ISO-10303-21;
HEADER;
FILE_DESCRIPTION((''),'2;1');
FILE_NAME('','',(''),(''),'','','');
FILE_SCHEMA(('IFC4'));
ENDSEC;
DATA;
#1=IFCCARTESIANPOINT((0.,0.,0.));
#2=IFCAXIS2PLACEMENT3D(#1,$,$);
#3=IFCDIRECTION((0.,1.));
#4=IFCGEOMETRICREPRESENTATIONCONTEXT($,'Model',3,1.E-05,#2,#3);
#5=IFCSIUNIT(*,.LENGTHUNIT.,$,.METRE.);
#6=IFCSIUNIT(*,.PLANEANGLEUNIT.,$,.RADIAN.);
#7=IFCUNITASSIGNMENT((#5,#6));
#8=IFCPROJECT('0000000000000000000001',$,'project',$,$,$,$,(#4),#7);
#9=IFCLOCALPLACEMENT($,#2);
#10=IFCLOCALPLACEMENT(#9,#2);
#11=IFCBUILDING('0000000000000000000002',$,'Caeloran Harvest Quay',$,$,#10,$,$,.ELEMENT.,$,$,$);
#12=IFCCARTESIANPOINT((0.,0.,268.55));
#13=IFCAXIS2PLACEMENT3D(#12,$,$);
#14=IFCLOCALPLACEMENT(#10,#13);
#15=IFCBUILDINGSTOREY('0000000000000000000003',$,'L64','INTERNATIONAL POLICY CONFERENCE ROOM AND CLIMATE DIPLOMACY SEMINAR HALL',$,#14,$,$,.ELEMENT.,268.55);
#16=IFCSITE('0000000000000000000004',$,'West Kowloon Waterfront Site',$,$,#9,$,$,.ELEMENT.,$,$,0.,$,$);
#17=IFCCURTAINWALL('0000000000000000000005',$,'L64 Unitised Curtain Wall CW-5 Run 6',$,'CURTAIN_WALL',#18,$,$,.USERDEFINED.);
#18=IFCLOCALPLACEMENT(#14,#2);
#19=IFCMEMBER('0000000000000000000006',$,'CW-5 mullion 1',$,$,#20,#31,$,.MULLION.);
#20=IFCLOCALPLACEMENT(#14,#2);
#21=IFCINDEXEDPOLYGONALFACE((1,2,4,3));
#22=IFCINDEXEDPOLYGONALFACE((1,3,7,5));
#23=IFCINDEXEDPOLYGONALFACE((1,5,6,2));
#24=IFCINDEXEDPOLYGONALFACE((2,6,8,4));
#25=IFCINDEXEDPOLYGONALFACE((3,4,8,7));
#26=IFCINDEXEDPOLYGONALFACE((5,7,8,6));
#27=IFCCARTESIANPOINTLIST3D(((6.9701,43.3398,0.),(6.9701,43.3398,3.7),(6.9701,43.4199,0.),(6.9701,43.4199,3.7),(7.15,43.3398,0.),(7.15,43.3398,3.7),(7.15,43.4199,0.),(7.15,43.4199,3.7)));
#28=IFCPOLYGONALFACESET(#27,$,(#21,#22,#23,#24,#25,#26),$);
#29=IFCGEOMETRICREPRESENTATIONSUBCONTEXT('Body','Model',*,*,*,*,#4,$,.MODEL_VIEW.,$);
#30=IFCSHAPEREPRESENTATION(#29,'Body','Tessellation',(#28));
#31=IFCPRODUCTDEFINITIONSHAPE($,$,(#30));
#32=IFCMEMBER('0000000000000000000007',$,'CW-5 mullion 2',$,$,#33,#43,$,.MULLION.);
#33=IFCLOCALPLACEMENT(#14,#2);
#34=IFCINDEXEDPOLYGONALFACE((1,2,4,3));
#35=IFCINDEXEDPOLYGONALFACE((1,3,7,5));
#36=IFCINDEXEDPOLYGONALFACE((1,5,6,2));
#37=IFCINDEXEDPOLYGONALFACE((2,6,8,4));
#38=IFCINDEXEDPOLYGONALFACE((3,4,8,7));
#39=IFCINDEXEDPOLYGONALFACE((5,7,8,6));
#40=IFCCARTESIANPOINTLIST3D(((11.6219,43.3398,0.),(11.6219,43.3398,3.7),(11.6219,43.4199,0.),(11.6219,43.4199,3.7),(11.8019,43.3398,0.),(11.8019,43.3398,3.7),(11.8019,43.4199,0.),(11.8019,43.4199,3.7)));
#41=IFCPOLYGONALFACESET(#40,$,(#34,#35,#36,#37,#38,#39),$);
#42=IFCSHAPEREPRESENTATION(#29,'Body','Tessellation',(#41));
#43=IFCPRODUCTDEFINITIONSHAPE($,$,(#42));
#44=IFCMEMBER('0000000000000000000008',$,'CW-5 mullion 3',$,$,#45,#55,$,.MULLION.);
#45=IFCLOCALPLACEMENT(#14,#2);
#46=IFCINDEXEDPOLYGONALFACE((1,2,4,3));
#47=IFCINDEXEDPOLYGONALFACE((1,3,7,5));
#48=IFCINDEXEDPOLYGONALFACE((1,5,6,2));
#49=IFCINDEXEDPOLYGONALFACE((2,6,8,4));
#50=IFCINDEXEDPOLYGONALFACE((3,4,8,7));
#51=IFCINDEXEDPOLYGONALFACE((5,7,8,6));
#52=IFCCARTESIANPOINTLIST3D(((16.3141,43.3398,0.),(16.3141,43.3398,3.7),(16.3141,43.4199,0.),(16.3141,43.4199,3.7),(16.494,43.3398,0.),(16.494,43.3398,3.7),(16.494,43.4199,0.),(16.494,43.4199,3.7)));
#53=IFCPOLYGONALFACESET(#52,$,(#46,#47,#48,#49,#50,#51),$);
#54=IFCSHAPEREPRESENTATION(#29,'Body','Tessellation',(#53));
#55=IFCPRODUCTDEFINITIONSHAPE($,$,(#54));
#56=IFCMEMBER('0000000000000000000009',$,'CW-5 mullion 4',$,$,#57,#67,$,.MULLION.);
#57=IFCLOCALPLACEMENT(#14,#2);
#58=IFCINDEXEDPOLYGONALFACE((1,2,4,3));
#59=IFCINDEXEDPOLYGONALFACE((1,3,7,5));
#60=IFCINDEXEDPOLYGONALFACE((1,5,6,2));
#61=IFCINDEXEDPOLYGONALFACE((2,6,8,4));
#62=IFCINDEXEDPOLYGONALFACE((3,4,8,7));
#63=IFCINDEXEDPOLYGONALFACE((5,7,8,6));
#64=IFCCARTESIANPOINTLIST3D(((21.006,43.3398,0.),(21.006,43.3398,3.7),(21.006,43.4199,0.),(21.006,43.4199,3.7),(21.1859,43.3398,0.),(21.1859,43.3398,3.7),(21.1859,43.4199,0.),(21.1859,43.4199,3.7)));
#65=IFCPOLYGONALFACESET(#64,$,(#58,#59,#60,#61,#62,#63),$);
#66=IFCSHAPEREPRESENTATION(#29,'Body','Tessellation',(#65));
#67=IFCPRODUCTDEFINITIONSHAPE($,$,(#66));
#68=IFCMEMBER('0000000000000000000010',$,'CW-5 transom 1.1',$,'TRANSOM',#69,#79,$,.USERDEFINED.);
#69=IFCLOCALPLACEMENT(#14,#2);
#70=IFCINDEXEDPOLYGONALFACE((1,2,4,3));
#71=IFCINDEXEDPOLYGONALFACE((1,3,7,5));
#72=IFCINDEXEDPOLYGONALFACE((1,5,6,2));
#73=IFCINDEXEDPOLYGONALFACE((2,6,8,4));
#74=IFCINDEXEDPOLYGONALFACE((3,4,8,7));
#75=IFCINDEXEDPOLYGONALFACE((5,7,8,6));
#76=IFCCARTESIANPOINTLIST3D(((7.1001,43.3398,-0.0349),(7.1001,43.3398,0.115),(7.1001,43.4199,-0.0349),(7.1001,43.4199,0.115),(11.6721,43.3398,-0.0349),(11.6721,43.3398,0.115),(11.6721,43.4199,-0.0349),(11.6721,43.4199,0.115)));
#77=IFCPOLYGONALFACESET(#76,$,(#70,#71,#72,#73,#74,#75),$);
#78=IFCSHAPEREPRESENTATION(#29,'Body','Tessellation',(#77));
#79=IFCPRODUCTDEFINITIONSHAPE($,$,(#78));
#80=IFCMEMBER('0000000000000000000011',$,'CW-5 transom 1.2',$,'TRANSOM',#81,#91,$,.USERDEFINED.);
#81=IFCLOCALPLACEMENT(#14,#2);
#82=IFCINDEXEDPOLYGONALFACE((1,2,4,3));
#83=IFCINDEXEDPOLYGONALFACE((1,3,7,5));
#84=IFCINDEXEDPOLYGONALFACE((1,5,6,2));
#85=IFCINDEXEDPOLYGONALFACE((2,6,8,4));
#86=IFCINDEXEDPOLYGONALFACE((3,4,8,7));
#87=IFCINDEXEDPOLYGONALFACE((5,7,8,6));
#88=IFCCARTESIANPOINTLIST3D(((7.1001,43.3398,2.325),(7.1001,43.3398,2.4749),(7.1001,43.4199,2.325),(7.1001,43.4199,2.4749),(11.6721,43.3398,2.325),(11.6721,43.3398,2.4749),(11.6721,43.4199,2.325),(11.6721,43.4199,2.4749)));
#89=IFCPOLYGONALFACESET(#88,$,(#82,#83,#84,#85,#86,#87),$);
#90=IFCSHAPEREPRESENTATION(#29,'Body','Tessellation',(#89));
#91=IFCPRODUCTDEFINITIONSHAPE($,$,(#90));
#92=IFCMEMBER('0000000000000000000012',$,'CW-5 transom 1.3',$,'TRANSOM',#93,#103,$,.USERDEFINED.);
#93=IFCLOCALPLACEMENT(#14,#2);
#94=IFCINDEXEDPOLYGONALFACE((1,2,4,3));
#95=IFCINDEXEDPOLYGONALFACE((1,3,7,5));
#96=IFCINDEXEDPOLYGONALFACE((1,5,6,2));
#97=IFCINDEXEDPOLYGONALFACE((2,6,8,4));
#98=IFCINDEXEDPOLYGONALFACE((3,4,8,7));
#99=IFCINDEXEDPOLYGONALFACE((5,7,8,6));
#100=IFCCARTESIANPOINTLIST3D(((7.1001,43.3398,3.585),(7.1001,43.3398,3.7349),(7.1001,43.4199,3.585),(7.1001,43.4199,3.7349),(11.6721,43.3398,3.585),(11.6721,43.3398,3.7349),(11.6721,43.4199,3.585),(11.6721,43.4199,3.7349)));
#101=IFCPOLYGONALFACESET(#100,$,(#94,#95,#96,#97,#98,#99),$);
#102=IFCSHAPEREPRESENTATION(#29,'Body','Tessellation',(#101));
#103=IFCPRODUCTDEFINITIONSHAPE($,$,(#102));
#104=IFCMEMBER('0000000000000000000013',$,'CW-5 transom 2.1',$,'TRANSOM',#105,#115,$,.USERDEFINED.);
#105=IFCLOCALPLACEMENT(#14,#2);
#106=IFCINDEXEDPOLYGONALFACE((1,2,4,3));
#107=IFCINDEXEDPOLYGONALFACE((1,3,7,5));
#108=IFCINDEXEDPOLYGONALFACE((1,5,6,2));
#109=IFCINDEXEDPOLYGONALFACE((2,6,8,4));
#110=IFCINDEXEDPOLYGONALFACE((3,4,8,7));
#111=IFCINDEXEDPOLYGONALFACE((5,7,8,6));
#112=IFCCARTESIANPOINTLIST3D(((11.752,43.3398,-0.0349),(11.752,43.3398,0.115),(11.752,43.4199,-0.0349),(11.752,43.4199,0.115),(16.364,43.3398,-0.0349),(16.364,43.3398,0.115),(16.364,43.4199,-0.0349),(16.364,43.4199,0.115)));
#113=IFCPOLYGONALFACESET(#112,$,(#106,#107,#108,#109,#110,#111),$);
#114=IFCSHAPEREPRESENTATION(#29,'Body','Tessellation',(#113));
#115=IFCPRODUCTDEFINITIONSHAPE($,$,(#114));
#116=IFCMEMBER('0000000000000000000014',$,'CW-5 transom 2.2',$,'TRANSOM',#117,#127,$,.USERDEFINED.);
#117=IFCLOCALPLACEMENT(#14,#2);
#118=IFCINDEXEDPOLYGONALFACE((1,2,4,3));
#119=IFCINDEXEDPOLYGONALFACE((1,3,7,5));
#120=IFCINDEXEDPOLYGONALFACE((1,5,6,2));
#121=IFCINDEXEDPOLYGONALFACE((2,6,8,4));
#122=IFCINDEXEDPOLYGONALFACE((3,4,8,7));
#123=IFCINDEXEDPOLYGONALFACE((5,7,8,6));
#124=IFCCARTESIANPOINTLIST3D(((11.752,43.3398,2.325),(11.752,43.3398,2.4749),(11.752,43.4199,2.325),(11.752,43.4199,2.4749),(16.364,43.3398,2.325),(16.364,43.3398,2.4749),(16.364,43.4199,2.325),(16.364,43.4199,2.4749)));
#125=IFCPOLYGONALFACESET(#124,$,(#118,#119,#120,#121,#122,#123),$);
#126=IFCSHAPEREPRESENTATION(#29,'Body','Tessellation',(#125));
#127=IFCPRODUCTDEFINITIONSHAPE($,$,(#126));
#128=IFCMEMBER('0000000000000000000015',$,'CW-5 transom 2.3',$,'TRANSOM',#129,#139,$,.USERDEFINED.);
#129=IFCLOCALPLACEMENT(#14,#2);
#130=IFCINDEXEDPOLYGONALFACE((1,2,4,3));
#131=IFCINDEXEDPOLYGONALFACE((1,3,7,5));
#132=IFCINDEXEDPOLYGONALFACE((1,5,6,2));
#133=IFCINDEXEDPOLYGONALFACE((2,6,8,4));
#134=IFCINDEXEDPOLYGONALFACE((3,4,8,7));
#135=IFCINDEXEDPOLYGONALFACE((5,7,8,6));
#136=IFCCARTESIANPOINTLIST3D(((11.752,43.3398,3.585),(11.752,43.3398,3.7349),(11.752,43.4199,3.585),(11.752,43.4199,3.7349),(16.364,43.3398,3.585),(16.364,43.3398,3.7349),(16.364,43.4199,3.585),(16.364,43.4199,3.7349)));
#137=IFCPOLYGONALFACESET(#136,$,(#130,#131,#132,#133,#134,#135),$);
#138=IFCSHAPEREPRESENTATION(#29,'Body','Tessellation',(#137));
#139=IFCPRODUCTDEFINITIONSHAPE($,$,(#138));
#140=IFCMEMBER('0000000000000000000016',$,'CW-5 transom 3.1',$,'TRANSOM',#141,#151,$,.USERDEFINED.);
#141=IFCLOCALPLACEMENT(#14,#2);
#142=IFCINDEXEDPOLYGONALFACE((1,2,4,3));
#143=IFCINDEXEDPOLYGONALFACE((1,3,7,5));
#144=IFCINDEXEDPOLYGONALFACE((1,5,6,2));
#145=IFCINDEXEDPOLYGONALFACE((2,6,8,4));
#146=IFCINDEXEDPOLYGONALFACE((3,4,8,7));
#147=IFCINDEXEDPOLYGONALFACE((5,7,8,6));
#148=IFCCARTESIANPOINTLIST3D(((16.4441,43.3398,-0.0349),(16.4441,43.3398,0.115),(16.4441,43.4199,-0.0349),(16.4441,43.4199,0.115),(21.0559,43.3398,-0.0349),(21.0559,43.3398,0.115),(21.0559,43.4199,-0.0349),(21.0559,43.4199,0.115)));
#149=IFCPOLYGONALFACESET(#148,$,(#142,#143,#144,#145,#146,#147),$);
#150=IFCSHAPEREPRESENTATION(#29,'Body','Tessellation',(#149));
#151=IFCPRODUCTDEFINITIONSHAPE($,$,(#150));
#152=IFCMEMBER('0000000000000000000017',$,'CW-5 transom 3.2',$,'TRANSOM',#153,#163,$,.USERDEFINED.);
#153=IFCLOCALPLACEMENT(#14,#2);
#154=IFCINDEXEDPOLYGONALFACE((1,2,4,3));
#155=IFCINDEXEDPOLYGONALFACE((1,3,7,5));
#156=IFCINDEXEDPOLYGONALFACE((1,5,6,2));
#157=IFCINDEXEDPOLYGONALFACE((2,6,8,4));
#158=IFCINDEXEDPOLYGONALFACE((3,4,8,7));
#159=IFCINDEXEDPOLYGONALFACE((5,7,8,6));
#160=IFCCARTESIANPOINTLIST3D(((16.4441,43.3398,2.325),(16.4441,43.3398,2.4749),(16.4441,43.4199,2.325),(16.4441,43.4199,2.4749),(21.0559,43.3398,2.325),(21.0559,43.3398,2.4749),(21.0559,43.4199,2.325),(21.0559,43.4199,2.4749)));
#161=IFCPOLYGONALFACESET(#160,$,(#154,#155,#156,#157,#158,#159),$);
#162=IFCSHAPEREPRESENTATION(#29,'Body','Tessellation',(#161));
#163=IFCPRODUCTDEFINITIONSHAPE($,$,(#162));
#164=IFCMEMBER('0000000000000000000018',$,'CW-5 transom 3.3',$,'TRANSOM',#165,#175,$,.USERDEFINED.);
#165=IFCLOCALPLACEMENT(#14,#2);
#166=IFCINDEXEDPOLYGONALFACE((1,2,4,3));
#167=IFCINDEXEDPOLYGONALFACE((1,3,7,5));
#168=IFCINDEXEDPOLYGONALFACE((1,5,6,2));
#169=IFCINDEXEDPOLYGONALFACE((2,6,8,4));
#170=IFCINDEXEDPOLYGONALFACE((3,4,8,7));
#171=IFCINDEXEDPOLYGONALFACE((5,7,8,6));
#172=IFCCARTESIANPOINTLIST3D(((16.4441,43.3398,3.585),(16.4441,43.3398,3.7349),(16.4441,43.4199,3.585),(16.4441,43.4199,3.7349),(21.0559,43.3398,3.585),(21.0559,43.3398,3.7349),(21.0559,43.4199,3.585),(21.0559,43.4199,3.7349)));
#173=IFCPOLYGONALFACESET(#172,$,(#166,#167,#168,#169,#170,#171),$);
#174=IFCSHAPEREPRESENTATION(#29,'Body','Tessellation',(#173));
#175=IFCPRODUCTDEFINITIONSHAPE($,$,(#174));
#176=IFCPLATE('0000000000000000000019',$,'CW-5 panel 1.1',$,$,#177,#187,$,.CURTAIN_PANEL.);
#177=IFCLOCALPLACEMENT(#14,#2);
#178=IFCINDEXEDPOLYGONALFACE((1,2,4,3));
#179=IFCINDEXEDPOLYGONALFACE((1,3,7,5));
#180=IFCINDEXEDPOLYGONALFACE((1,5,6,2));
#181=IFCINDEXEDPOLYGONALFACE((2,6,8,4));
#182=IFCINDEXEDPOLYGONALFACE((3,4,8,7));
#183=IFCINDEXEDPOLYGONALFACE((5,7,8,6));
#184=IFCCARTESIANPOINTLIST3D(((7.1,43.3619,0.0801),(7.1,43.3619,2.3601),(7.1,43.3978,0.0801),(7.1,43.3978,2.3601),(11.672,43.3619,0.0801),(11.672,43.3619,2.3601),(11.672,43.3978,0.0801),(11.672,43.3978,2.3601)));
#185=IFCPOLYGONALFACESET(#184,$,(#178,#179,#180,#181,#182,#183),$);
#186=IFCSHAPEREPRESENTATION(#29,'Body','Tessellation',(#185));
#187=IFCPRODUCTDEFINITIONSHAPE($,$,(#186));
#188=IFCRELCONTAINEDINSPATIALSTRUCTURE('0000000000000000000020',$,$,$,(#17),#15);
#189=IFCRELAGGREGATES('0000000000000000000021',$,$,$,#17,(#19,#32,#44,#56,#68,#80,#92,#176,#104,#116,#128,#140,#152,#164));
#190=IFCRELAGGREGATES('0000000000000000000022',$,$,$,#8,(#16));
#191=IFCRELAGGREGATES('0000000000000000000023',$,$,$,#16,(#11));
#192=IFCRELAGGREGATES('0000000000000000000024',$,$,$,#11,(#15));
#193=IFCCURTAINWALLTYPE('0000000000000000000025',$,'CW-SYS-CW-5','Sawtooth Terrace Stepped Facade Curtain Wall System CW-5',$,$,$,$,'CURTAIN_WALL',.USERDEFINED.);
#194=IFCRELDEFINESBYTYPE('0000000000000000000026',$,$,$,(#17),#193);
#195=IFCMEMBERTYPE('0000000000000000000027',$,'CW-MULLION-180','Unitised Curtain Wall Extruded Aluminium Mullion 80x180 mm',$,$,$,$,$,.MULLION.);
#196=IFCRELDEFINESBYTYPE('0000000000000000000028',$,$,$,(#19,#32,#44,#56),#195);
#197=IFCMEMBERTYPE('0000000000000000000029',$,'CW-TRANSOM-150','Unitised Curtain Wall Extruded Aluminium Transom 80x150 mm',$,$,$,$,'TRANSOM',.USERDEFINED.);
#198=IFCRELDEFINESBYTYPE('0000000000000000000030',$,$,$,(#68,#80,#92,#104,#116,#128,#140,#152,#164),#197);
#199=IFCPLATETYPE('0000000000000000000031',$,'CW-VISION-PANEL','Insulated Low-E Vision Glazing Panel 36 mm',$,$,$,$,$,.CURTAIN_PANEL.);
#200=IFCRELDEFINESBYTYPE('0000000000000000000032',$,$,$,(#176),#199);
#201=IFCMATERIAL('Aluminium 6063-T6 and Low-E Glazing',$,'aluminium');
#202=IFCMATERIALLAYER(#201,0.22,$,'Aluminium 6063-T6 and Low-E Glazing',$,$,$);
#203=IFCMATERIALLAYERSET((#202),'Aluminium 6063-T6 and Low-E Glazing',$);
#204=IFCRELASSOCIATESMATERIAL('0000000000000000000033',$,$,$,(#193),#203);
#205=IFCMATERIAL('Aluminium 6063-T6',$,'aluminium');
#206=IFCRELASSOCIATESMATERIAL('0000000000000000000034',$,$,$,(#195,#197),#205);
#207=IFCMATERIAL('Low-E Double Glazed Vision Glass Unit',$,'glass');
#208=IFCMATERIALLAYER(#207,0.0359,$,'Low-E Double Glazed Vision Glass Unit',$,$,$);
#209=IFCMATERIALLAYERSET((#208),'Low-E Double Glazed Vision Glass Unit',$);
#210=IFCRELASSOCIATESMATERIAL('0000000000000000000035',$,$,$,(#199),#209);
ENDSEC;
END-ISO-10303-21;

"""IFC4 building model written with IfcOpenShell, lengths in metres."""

from ifc_helpers import new_model, si_unit, direction, frame, origin, origin_2d, place, context, subcontext, project, spatial, rectangle, extrude, material, layer, layer_set, material_profile, profile_set, type_object, element, aggregate, save


model = new_model("IFC4")

# Units and contexts
model_context = context("Model", 3, precision=1e-05, world=origin(), true_north=direction((0.0, 1.0)))
body_context = subcontext(model_context, "Body", "Model", "MODEL_VIEW")
ifc_project = project(units=[si_unit("LENGTHUNIT", "METRE"), si_unit("PLANEANGLEUNIT", "RADIAN")], contexts=[model_context])

# Site, building, storey
site_placement = place(None, origin())
site = spatial("IfcSite", under=ifc_project, at=site_placement, Name="West Kowloon Waterfront Site", CompositionType="ELEMENT", RefElevation=0.0)
building_placement = place(site_placement, origin())
building = spatial("IfcBuilding", under=site, at=building_placement, Name="Caeloran Harvest Quay", CompositionType="ELEMENT")
storey_placement = place(building_placement, frame((0.0, 0.0, 268.55)))
storey = spatial("IfcBuildingStorey", under=building, at=storey_placement, Name="L64", Description="INTERNATIONAL POLICY CONFERENCE ROOM AND CLIMATE DIPLOMACY SEMINAR HALL", CompositionType="ELEMENT", Elevation=268.55)

# Curtain wall, members, plate
ifc_material_1 = material(Name="Aluminium 6063-T6 and Low-E Glazing", Category="aluminium")
ifc_layer_1 = layer(ifc_material_1, 0.22, Name="Aluminium 6063-T6 and Low-E Glazing")
ifc_layer_set_1 = layer_set([ifc_layer_1], Name="Aluminium 6063-T6 and Low-E Glazing")
curtain_wall_type = type_object("IfcCurtainWallType", Name="CW-SYS-CW-5", Description="Sawtooth Terrace Stepped Facade Curtain Wall System CW-5", ElementType="CURTAIN_WALL", PredefinedType="USERDEFINED", material=ifc_layer_set_1)
curtain_wall_placement = place(storey_placement, origin())
curtain_wall = element("IfcCurtainWall", 1, at=curtain_wall_placement, inside=storey, type_object=curtain_wall_type, Name="L64 Unitised Curtain Wall CW-5 Run 6", ObjectType="CURTAIN_WALL", PredefinedType="USERDEFINED")
ifc_material_2 = material(Name="Aluminium 6063-T6", Category="aluminium")
ifc_material_profile_1 = material_profile(ifc_material_2, rectangle(XDim=0.0801, YDim=0.1799, at=origin_2d()), Name="CW-MULLION-180")
ifc_profile_set_1 = profile_set([ifc_material_profile_1], Name="Aluminium 6063-T6")
member_type_1 = type_object("IfcMemberType", Name="CW-MULLION-180", Description="Unitised Curtain Wall Extruded Aluminium Mullion 80x180 mm", PredefinedType="MULLION", material=ifc_profile_set_1)
member_1_placement = place(storey_placement, frame((7.0601, 43.3799, 0.0), z_axis=(0.0, 0.0, 1.0), x_axis=(0.0, 1.0, 0.0)))
member_1 = element("IfcMember", 2, at=member_1_placement, type_object=member_type_1, Name="CW-5 mullion 1", PredefinedType="MULLION", context=body_context, shape_type="SweptSolid", body=[
    extrude(rectangle(XDim=0.0801, YDim=0.1799, at=origin_2d()), origin(), (0.0, 0.0, 1.0), 3.7),
])
member_2_placement = place(storey_placement, frame((11.7119, 43.3799, 0.0), z_axis=(0.0, 0.0, 1.0), x_axis=(0.0, 1.0, 0.0)))
member_2 = element("IfcMember", 3, at=member_2_placement, type_object=member_type_1, Name="CW-5 mullion 2", PredefinedType="MULLION", context=body_context, shape_type="SweptSolid", body=[
    extrude(rectangle(XDim=0.0801, YDim=0.1799, at=origin_2d()), origin(), (0.0, 0.0, 1.0), 3.7),
])
member_3_placement = place(storey_placement, frame((16.4041, 43.3799, 0.0), z_axis=(0.0, 0.0, 1.0), x_axis=(0.0, 1.0, 0.0)))
member_3 = element("IfcMember", 4, at=member_3_placement, type_object=member_type_1, Name="CW-5 mullion 3", PredefinedType="MULLION", context=body_context, shape_type="SweptSolid", body=[
    extrude(rectangle(XDim=0.0801, YDim=0.1799, at=origin_2d()), origin(), (0.0, 0.0, 1.0), 3.7),
])
member_4_placement = place(storey_placement, frame((21.0959, 43.3799, 0.0), z_axis=(0.0, 0.0, 1.0), x_axis=(0.0, 1.0, 0.0)))
member_4 = element("IfcMember", 5, at=member_4_placement, type_object=member_type_1, Name="CW-5 mullion 4", PredefinedType="MULLION", context=body_context, shape_type="SweptSolid", body=[
    extrude(rectangle(XDim=0.0801, YDim=0.1799, at=origin_2d()), origin(), (0.0, 0.0, 1.0), 3.7),
])
ifc_material_profile_2 = material_profile(ifc_material_2, rectangle(XDim=0.0801, YDim=0.1499, at=origin_2d()), Name="CW-TRANSOM-150")
ifc_profile_set_2 = profile_set([ifc_material_profile_2], Name="Aluminium 6063-T6")
member_type_2 = type_object("IfcMemberType", Name="CW-TRANSOM-150", Description="Unitised Curtain Wall Extruded Aluminium Transom 80x150 mm", ElementType="TRANSOM", PredefinedType="USERDEFINED", material=ifc_profile_set_2)
member_5_placement = place(storey_placement, frame((7.1001, 43.3799, 0.04), z_axis=(1.0, 0.0, 0.0), x_axis=(0.0, 1.0, 0.0)))
member_5 = element("IfcMember", 6, at=member_5_placement, type_object=member_type_2, Name="CW-5 transom 1.1", ObjectType="TRANSOM", PredefinedType="USERDEFINED", context=body_context, shape_type="SweptSolid", body=[
    extrude(rectangle(XDim=0.0801, YDim=0.1499, at=origin_2d()), origin(), (0.0, 0.0, 1.0), 4.572),
])
member_6_placement = place(storey_placement, frame((7.1001, 43.3799, 2.3999), z_axis=(1.0, 0.0, 0.0), x_axis=(0.0, 1.0, 0.0)))
member_6 = element("IfcMember", 7, at=member_6_placement, type_object=member_type_2, Name="CW-5 transom 1.2", ObjectType="TRANSOM", PredefinedType="USERDEFINED", context=body_context, shape_type="SweptSolid", body=[
    extrude(rectangle(XDim=0.0801, YDim=0.1499, at=origin_2d()), origin(), (0.0, 0.0, 1.0), 4.572),
])
member_7_placement = place(storey_placement, frame((7.1001, 43.3799, 3.6599), z_axis=(1.0, 0.0, 0.0), x_axis=(0.0, 1.0, 0.0)))
member_7 = element("IfcMember", 8, at=member_7_placement, type_object=member_type_2, Name="CW-5 transom 1.3", ObjectType="TRANSOM", PredefinedType="USERDEFINED", context=body_context, shape_type="SweptSolid", body=[
    extrude(rectangle(XDim=0.0801, YDim=0.1499, at=origin_2d()), origin(), (0.0, 0.0, 1.0), 4.572),
])
member_8_placement = place(storey_placement, frame((11.752, 43.3799, 0.04), z_axis=(1.0, 0.0, 0.0), x_axis=(0.0, 1.0, 0.0)))
member_8 = element("IfcMember", 9, at=member_8_placement, type_object=member_type_2, Name="CW-5 transom 2.1", ObjectType="TRANSOM", PredefinedType="USERDEFINED", context=body_context, shape_type="SweptSolid", body=[
    extrude(rectangle(XDim=0.0801, YDim=0.1499, at=origin_2d()), origin(), (0.0, 0.0, 1.0), 4.6121),
])
member_9_placement = place(storey_placement, frame((11.752, 43.3799, 2.3999), z_axis=(1.0, 0.0, 0.0), x_axis=(0.0, 1.0, 0.0)))
member_9 = element("IfcMember", 10, at=member_9_placement, type_object=member_type_2, Name="CW-5 transom 2.2", ObjectType="TRANSOM", PredefinedType="USERDEFINED", context=body_context, shape_type="SweptSolid", body=[
    extrude(rectangle(XDim=0.0801, YDim=0.1499, at=origin_2d()), origin(), (0.0, 0.0, 1.0), 4.6121),
])
member_10_placement = place(storey_placement, frame((11.752, 43.3799, 3.6599), z_axis=(1.0, 0.0, 0.0), x_axis=(0.0, 1.0, 0.0)))
member_10 = element("IfcMember", 11, at=member_10_placement, type_object=member_type_2, Name="CW-5 transom 2.3", ObjectType="TRANSOM", PredefinedType="USERDEFINED", context=body_context, shape_type="SweptSolid", body=[
    extrude(rectangle(XDim=0.0801, YDim=0.1499, at=origin_2d()), origin(), (0.0, 0.0, 1.0), 4.6121),
])
member_11_placement = place(storey_placement, frame((16.4441, 43.3799, 0.04), z_axis=(1.0, 0.0, 0.0), x_axis=(0.0, 1.0, 0.0)))
member_11 = element("IfcMember", 12, at=member_11_placement, type_object=member_type_2, Name="CW-5 transom 3.1", ObjectType="TRANSOM", PredefinedType="USERDEFINED", context=body_context, shape_type="SweptSolid", body=[
    extrude(rectangle(XDim=0.0801, YDim=0.1499, at=origin_2d()), origin(), (0.0, 0.0, 1.0), 4.6118),
])
member_12_placement = place(storey_placement, frame((16.4441, 43.3799, 2.3999), z_axis=(1.0, 0.0, 0.0), x_axis=(0.0, 1.0, 0.0)))
member_12 = element("IfcMember", 13, at=member_12_placement, type_object=member_type_2, Name="CW-5 transom 3.2", ObjectType="TRANSOM", PredefinedType="USERDEFINED", context=body_context, shape_type="SweptSolid", body=[
    extrude(rectangle(XDim=0.0801, YDim=0.1499, at=origin_2d()), origin(), (0.0, 0.0, 1.0), 4.6118),
])
member_13_placement = place(storey_placement, frame((16.4441, 43.3799, 3.6599), z_axis=(1.0, 0.0, 0.0), x_axis=(0.0, 1.0, 0.0)))
member_13 = element("IfcMember", 14, at=member_13_placement, type_object=member_type_2, Name="CW-5 transom 3.3", ObjectType="TRANSOM", PredefinedType="USERDEFINED", context=body_context, shape_type="SweptSolid", body=[
    extrude(rectangle(XDim=0.0801, YDim=0.1499, at=origin_2d()), origin(), (0.0, 0.0, 1.0), 4.6118),
])
ifc_material_3 = material(Name="Low-E Double Glazed Vision Glass Unit", Category="glass")
ifc_layer_2 = layer(ifc_material_3, 0.0359, Name="Low-E Double Glazed Vision Glass Unit")
ifc_layer_set_2 = layer_set([ifc_layer_2], Name="Low-E Double Glazed Vision Glass Unit")
plate_type = type_object("IfcPlateType", Name="CW-VISION-PANEL", Description="Insulated Low-E Vision Glazing Panel 36 mm", PredefinedType="CURTAIN_PANEL", material=ifc_layer_set_2)
plate_1_placement = place(storey_placement, frame((9.386, 43.3799, 0.0801), z_axis=(0.0, 0.0, 1.0), x_axis=(1.0, 0.0, 0.0)))
plate_1 = element("IfcPlate", 15, at=plate_1_placement, type_object=plate_type, Name="CW-5 panel 1.1", PredefinedType="CURTAIN_PANEL", context=body_context, shape_type="SweptSolid", body=[
    extrude(rectangle(XDim=4.572, YDim=0.0359, at=origin_2d()), origin(), (0.0, 0.0, 1.0), 2.28),
])
aggregate(curtain_wall, [member_1, member_2, member_3, member_4, member_5, member_6, member_7, plate_1, member_8, member_9, member_10, member_11, member_12, member_13])

save(model, "model.ifc")
